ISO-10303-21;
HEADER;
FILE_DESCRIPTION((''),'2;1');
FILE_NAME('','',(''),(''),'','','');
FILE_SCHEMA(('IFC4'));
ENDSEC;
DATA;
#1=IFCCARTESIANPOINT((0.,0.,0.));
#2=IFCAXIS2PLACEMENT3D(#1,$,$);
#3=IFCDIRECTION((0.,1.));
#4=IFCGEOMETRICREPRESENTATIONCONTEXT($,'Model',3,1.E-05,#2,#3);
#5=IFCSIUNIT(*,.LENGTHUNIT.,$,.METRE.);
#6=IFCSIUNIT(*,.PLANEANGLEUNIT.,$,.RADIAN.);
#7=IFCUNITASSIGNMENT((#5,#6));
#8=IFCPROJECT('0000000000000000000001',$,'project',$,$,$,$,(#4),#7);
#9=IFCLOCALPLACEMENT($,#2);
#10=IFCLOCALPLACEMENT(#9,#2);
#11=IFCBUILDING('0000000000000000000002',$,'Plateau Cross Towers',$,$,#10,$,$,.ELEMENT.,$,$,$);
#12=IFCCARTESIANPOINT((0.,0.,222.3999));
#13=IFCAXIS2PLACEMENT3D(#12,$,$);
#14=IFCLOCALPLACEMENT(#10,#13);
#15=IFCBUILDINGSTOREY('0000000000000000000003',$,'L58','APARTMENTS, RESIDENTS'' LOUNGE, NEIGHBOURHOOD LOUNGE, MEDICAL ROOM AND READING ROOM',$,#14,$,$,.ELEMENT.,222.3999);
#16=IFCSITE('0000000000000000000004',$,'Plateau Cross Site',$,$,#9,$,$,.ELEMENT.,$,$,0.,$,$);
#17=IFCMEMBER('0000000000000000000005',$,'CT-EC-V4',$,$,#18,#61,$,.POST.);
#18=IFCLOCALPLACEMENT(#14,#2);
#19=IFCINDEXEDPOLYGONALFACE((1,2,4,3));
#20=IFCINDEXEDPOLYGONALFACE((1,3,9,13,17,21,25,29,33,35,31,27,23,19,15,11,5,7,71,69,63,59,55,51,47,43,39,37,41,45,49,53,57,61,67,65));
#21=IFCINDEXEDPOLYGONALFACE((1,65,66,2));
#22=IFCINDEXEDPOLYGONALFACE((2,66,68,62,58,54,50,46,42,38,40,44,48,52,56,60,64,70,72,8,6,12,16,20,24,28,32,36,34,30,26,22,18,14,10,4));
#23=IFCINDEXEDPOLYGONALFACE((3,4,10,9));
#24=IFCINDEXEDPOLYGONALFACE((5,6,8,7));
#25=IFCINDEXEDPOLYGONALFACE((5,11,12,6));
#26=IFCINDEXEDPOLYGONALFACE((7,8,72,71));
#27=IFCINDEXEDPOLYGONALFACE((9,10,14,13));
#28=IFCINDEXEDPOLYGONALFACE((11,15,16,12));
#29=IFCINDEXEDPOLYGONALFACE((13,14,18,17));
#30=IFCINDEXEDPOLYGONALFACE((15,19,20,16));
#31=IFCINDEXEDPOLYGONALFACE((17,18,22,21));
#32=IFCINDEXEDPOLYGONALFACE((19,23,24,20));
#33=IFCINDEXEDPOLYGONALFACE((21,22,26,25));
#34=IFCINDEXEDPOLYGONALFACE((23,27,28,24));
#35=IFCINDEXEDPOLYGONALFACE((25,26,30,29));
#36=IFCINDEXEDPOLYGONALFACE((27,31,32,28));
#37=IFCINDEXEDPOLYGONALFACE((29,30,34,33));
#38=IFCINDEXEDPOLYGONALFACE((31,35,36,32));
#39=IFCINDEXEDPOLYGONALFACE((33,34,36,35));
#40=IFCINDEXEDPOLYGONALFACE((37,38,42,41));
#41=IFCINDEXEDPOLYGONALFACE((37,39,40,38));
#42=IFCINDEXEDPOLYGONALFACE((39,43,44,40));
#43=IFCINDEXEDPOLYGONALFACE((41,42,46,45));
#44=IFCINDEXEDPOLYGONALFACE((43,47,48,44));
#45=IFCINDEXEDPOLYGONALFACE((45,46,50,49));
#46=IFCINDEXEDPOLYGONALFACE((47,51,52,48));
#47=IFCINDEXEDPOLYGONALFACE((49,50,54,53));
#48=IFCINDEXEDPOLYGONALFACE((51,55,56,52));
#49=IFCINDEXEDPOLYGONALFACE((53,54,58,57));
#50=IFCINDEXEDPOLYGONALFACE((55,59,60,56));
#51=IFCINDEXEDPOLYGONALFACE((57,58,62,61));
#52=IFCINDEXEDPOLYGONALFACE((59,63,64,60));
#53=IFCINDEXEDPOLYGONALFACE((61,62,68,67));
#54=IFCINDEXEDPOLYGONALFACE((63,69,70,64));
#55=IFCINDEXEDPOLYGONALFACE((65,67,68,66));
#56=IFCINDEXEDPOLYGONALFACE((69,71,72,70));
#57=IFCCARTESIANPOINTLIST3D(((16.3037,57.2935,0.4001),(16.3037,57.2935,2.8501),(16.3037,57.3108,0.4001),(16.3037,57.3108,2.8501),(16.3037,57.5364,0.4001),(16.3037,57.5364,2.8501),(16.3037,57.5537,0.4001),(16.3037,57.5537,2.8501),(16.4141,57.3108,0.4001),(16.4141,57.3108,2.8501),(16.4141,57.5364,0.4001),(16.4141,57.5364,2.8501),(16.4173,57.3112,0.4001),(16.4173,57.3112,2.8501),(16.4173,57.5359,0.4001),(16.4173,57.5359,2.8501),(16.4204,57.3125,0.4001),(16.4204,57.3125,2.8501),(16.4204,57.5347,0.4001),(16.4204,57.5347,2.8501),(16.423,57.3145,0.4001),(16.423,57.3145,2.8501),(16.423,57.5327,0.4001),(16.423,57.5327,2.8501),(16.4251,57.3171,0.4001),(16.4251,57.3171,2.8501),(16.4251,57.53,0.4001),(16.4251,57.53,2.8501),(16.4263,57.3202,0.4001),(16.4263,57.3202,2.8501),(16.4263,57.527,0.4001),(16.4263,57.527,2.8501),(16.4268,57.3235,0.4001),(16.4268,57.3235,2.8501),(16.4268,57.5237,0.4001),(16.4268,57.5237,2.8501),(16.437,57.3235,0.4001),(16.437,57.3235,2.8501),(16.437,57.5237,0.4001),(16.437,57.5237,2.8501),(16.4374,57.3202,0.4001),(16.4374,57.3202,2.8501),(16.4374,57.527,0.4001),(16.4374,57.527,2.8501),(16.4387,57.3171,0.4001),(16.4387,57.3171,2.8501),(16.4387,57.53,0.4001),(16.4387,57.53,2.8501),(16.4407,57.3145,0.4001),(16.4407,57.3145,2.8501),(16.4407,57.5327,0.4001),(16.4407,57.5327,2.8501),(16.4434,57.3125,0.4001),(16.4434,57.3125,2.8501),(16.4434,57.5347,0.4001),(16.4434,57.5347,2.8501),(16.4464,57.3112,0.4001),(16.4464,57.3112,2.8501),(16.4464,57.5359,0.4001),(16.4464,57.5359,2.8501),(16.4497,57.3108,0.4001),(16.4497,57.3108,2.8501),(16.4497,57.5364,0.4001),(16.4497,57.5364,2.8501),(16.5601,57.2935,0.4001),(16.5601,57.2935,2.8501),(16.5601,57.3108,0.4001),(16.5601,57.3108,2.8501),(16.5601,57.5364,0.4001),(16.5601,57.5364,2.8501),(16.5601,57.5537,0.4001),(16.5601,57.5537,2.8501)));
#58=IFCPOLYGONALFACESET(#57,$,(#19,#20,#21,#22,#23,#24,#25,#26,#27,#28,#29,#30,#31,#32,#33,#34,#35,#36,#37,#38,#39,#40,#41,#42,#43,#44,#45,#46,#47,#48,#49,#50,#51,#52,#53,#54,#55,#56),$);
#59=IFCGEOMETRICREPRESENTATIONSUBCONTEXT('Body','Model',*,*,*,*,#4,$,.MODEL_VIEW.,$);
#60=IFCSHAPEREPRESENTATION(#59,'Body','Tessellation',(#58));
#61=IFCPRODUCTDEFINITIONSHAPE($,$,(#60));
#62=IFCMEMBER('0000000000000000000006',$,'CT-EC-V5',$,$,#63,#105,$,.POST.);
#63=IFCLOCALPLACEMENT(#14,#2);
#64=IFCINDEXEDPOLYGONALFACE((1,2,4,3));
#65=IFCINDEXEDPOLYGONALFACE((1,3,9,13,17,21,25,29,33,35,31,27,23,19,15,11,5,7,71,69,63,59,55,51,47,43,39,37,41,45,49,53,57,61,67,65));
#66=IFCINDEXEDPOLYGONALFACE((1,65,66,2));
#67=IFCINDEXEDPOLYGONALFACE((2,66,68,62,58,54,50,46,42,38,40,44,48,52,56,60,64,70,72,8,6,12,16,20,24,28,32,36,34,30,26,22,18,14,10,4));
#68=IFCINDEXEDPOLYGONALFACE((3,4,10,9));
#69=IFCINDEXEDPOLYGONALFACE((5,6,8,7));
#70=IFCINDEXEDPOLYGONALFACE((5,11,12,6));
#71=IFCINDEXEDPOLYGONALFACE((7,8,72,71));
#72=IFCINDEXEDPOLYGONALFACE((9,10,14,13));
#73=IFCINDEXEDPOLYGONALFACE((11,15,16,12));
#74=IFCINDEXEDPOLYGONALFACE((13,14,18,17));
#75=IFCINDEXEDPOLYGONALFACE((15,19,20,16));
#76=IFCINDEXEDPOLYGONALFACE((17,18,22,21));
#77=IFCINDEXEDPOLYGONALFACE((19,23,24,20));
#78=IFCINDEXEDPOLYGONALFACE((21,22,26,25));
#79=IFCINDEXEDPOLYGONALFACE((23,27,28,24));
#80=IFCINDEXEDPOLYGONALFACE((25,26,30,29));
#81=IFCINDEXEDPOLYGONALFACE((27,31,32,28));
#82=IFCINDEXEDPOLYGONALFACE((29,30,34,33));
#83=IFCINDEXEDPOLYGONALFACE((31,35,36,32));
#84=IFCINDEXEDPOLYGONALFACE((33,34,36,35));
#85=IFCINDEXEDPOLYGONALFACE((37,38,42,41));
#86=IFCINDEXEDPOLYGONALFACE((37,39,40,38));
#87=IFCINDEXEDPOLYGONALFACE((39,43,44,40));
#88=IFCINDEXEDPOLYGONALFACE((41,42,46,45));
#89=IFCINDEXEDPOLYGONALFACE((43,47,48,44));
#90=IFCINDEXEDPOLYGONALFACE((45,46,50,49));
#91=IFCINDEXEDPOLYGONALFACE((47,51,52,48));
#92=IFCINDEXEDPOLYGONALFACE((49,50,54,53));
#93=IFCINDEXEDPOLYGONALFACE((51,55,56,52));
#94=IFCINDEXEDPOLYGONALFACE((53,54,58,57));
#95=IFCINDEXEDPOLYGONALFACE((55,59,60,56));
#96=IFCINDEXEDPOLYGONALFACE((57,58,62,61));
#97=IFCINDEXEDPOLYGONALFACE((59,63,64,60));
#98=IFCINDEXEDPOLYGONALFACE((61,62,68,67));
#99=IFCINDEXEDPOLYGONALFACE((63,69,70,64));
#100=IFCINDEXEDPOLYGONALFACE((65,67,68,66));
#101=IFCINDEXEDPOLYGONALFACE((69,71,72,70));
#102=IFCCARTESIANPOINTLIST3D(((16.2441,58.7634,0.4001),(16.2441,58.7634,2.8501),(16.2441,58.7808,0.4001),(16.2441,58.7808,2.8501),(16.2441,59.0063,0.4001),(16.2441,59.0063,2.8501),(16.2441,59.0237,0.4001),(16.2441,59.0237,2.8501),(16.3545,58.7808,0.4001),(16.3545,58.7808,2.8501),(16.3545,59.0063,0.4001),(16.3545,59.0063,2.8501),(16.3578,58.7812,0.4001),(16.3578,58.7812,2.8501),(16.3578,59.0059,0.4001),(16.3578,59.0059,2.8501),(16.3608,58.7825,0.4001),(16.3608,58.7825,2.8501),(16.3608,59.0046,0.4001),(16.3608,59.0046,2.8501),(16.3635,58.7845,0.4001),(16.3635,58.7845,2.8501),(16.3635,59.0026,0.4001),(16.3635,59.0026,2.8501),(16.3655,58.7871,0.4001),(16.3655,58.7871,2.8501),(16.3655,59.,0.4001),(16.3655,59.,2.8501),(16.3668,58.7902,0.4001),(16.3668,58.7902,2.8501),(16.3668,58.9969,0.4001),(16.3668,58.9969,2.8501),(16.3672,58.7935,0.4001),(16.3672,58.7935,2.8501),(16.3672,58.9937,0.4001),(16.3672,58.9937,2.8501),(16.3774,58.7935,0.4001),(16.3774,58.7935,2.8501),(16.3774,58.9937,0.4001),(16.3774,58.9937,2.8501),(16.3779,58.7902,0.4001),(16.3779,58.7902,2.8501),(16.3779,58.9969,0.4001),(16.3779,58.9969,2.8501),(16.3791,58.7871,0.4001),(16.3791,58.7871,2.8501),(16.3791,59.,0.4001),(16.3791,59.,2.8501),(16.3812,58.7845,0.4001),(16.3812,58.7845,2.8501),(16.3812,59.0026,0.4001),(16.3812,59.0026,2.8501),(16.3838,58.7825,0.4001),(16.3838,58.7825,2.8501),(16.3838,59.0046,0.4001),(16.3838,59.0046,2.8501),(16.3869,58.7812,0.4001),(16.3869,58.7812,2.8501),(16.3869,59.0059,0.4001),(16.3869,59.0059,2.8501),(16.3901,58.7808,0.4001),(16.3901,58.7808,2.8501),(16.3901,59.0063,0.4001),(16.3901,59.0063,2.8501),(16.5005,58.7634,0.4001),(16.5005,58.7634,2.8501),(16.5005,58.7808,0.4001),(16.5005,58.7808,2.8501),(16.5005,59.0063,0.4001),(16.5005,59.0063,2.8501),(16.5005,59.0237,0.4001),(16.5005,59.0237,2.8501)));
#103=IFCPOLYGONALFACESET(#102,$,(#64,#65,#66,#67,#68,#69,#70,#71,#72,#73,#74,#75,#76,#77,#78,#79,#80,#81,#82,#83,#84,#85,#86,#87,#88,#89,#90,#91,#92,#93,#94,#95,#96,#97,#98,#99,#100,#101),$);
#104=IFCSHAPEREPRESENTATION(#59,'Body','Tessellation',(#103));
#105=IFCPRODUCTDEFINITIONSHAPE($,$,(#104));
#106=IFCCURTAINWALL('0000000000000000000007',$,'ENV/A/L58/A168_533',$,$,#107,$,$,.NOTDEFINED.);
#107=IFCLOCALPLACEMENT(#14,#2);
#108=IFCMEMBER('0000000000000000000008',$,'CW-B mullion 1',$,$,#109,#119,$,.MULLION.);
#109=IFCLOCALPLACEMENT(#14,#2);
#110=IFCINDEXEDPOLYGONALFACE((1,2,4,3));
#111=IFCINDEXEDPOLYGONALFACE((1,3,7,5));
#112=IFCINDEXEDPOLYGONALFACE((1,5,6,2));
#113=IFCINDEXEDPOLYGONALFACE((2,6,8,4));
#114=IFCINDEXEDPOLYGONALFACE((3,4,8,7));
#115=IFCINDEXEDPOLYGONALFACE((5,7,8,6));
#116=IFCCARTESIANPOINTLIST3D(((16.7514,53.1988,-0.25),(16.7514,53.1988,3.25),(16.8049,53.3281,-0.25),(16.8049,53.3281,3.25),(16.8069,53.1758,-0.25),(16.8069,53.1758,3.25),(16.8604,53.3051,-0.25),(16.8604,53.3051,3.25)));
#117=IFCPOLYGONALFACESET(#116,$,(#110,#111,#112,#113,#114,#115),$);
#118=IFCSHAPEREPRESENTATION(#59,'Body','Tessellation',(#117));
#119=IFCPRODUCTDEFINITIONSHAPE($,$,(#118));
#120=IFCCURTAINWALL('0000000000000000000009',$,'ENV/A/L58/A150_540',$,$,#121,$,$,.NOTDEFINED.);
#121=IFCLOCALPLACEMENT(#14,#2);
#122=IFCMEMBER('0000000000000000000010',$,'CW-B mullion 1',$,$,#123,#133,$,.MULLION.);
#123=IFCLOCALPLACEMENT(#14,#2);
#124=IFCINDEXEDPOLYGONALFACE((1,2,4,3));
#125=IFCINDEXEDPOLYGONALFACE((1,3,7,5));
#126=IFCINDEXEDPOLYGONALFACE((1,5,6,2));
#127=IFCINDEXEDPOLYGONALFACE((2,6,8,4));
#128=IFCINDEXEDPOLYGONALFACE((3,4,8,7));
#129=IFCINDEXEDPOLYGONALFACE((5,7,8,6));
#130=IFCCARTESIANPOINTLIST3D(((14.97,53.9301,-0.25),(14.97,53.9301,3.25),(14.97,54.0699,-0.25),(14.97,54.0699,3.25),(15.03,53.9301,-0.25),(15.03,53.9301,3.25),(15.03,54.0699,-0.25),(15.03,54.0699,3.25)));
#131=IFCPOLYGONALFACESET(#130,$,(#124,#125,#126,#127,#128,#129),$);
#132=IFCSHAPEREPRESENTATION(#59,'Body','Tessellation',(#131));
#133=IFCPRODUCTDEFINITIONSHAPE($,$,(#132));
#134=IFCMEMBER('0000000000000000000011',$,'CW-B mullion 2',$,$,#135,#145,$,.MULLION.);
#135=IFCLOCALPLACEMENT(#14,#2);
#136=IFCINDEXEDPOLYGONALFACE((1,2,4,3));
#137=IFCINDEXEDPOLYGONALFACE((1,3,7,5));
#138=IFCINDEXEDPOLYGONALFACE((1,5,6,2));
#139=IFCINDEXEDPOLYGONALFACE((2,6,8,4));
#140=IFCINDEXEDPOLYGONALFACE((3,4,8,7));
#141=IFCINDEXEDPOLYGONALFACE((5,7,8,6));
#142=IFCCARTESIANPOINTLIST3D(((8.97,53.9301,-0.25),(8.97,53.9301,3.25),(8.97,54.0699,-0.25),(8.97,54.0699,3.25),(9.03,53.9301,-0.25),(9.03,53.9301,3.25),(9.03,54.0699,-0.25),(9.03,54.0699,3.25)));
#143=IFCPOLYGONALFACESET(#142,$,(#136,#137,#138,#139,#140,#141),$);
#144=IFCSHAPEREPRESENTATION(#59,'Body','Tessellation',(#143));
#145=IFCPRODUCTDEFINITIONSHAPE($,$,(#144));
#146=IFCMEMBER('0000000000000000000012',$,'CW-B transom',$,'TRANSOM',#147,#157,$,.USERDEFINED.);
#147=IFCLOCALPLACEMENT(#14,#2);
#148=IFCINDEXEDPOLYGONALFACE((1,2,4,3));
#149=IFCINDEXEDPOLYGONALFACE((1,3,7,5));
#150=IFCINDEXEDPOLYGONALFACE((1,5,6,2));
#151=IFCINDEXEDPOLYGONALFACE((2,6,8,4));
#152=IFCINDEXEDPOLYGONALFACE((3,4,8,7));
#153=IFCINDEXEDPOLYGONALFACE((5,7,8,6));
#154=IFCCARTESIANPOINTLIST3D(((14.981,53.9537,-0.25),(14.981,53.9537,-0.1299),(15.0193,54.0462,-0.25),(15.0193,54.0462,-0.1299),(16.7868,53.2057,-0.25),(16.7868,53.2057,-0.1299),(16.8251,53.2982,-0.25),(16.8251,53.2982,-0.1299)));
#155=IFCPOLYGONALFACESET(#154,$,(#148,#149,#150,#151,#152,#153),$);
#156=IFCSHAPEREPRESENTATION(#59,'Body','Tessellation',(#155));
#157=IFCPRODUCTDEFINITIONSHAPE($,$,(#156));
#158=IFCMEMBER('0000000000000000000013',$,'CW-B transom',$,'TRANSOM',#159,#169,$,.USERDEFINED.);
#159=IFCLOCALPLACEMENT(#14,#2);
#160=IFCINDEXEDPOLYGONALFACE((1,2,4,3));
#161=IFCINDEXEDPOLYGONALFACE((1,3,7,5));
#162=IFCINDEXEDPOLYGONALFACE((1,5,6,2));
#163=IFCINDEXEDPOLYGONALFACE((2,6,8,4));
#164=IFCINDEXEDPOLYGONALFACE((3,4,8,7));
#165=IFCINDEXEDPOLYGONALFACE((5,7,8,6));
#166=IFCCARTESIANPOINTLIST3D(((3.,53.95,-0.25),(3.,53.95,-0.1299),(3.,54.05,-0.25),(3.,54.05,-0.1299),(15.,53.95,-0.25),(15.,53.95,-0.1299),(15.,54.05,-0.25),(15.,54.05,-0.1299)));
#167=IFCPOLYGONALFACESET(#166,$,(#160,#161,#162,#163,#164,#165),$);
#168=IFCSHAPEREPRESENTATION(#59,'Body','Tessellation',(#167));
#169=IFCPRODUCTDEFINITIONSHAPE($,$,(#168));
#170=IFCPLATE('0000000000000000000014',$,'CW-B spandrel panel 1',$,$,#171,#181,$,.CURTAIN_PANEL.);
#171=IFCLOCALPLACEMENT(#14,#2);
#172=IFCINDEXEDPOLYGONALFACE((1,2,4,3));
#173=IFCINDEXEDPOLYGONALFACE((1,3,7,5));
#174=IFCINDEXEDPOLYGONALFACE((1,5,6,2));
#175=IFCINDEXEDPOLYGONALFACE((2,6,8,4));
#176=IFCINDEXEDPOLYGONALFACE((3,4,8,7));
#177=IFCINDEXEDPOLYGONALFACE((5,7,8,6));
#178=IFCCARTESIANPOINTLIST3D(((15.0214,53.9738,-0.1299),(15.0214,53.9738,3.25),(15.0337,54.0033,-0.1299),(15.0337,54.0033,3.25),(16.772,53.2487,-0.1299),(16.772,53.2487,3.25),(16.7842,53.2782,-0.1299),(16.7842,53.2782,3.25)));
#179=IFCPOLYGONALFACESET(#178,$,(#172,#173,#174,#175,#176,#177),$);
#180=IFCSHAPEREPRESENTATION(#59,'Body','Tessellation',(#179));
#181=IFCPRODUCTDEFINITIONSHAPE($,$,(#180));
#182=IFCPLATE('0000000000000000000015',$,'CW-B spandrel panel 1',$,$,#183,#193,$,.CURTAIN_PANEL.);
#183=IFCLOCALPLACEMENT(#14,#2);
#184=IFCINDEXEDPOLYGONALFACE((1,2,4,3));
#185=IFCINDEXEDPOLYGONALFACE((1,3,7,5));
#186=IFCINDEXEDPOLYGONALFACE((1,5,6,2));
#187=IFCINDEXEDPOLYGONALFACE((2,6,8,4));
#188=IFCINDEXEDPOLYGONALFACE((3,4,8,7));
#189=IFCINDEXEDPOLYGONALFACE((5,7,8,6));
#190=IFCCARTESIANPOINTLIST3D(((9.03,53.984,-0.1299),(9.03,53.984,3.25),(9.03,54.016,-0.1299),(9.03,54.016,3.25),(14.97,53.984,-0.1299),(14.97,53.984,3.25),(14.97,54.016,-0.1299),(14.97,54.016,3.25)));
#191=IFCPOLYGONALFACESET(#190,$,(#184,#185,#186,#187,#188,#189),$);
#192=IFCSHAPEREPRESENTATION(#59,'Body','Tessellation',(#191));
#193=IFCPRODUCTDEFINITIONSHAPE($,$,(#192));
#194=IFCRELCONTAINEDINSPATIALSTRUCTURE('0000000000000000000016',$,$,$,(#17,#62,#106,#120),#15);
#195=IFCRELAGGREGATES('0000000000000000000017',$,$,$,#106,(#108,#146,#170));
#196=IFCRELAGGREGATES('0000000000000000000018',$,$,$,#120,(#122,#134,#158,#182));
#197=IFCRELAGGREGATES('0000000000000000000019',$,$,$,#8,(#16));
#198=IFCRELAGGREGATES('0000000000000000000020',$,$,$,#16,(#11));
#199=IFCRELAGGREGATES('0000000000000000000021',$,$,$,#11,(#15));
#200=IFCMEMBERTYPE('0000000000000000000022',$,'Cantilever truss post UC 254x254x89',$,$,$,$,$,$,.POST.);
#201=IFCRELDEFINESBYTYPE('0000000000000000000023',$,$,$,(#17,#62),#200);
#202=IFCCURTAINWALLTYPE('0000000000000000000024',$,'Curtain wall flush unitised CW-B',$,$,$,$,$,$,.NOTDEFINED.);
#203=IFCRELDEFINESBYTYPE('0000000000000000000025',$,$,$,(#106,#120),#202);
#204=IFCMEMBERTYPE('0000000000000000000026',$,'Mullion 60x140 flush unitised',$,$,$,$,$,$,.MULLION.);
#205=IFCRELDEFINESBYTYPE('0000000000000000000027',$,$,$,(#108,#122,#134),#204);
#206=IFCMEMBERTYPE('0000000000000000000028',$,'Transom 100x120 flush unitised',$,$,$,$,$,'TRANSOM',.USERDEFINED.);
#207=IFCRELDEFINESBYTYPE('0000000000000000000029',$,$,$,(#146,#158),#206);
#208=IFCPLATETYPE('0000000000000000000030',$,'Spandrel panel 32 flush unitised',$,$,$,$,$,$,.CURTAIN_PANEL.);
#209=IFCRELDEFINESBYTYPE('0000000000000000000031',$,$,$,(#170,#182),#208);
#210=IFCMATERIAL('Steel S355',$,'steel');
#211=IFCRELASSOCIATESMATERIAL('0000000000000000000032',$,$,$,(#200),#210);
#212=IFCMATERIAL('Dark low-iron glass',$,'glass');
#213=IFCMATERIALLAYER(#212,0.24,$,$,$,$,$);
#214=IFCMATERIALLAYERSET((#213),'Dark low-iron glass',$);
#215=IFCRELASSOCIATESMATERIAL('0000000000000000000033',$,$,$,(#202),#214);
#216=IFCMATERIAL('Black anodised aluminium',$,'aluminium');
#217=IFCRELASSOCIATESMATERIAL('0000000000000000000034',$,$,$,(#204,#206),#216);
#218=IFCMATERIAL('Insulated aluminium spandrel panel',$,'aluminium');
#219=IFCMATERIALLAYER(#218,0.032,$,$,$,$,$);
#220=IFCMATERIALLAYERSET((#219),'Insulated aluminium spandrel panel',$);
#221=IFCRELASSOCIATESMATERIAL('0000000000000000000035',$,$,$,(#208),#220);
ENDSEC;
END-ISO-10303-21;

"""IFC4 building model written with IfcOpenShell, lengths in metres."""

from ifc_helpers import new_model, si_unit, direction, frame, origin, origin_2d, place, context, subcontext, project, spatial, rectangle, i_section, extrude, material, layer, layer_set, material_profile, profile_set, type_object, element, aggregate, save


model = new_model("IFC4")

# Units and contexts
model_context = context("Model", 3, precision=1e-05, world=origin(), true_north=direction((0.0, 1.0)))
body_context = subcontext(model_context, "Body", "Model", "MODEL_VIEW")
ifc_project = project(units=[si_unit("LENGTHUNIT", "METRE"), si_unit("PLANEANGLEUNIT", "RADIAN")], contexts=[model_context])

# Site, building, storey
site_placement = place(None, origin())
site = spatial("IfcSite", under=ifc_project, at=site_placement, Name="Plateau Cross Site", CompositionType="ELEMENT", RefElevation=0.0)
building_placement = place(site_placement, origin())
building = spatial("IfcBuilding", under=site, at=building_placement, Name="Plateau Cross Towers", CompositionType="ELEMENT")
storey_placement = place(building_placement, frame((0.0, 0.0, 222.3999)))
storey = spatial("IfcBuildingStorey", under=building, at=storey_placement, Name="L58", Description="APARTMENTS, RESIDENTS' LOUNGE, NEIGHBOURHOOD LOUNGE, MEDICAL ROOM AND READING ROOM", CompositionType="ELEMENT", Elevation=222.3999)

# Members
ifc_material_1 = material(Name="Steel S355", Category="steel")
ifc_material_profile_1 = material_profile(ifc_material_1, i_section(OverallWidth=0.2563, OverallDepth=0.2603, WebThickness=0.0103, FlangeThickness=0.0173, FilletRadius=0.0127, at=origin_2d()), Name="UC 254x254x89")
ifc_profile_set_1 = profile_set([ifc_material_profile_1], Name="Steel S355")
member_type_1 = type_object("IfcMemberType", Name="Cantilever truss post UC 254x254x89", PredefinedType="POST", material=ifc_profile_set_1)
for number, where, z_axis, x_axis, name in (
    (1, (16.4319, 57.4236, 0.4001), (0.0, 0.0, 1.0), (1.0, 0.0, 0.0), "CT-EC-V4"),
    (2, (16.3723, 58.8936, 0.4001), (0.0, 0.0, 1.0), (1.0, 0.0, 0.0), "CT-EC-V5"),
):
    element("IfcMember", number, at=place(storey_placement, frame(where, z_axis=z_axis, x_axis=x_axis)), inside=storey, type_object=member_type_1, Name=name, PredefinedType="POST", context=body_context, shape_type="SweptSolid", body=[
        extrude(i_section(OverallWidth=0.2563, OverallDepth=0.2603, WebThickness=0.0103, FlangeThickness=0.0173, FilletRadius=0.0127, at=origin_2d()), origin(), (0.0, 0.0, 1.0), 2.45),
    ])

# Curtain wall, member
ifc_material_2 = material(Name="Dark low-iron glass", Category="glass")
ifc_layer_1 = layer(ifc_material_2, 0.24)
ifc_layer_set_1 = layer_set([ifc_layer_1], Name="Dark low-iron glass")
curtain_wall_type = type_object("IfcCurtainWallType", Name="Curtain wall flush unitised CW-B", PredefinedType="NOTDEFINED", material=ifc_layer_set_1)
curtain_wall_1_placement = place(storey_placement, origin())
curtain_wall_1 = element("IfcCurtainWall", 3, at=curtain_wall_1_placement, inside=storey, type_object=curtain_wall_type, Name="ENV/A/L58/A168_533", PredefinedType="NOTDEFINED")
ifc_material_3 = material(Name="Black anodised aluminium", Category="aluminium")
ifc_material_profile_2 = material_profile(ifc_material_3, rectangle(XDim=0.0601, YDim=0.1399, at=origin_2d()), Name="MULLION 60x140")
ifc_profile_set_2 = profile_set([ifc_material_profile_2], Name="Black anodised aluminium")
member_type_2 = type_object("IfcMemberType", Name="Mullion 60x140 flush unitised", PredefinedType="MULLION", material=ifc_profile_set_2)
member_1_placement = place(storey_placement, frame((16.8059, 53.252, -0.25), z_axis=(0.0, 0.0, 1.0), x_axis=(-0.923879, 0.382684, 0.0)))
member_1 = element("IfcMember", 4, at=member_1_placement, type_object=member_type_2, Name="CW-B mullion 1", PredefinedType="MULLION", context=body_context, shape_type="SweptSolid", body=[
    extrude(rectangle(XDim=0.0601, YDim=0.1399, at=origin_2d()), origin(), (0.0, 0.0, 1.0), 3.5),
])

# Curtain wall, members
curtain_wall_2_placement = place(storey_placement, origin())
curtain_wall_2 = element("IfcCurtainWall", 5, at=curtain_wall_2_placement, inside=storey, type_object=curtain_wall_type, Name="ENV/A/L58/A150_540", PredefinedType="NOTDEFINED")
member_2_placement = place(storey_placement, frame((15.0, 54.0, -0.25), z_axis=(0.0, 0.0, 1.0), x_axis=(-1.0, 0.0, 0.0)))
member_2 = element("IfcMember", 6, at=member_2_placement, type_object=member_type_2, Name="CW-B mullion 1", PredefinedType="MULLION", context=body_context, shape_type="SweptSolid", body=[
    extrude(rectangle(XDim=0.0601, YDim=0.1399, at=origin_2d()), origin(), (0.0, 0.0, 1.0), 3.5),
])
member_3_placement = place(storey_placement, frame((9.0, 54.0, -0.25), z_axis=(0.0, 0.0, 1.0), x_axis=(-1.0, 0.0, 0.0)))
member_3 = element("IfcMember", 7, at=member_3_placement, type_object=member_type_2, Name="CW-B mullion 2", PredefinedType="MULLION", context=body_context, shape_type="SweptSolid", body=[
    extrude(rectangle(XDim=0.0601, YDim=0.1399, at=origin_2d()), origin(), (0.0, 0.0, 1.0), 3.5),
])

# Members
ifc_material_profile_3 = material_profile(ifc_material_3, rectangle(XDim=0.1001, YDim=0.1201, at=origin_2d()), Name="TRANSOM 100x120")
ifc_profile_set_3 = profile_set([ifc_material_profile_3], Name="Black anodised aluminium")
member_type_3 = type_object("IfcMemberType", Name="Transom 100x120 flush unitised", ElementType="TRANSOM", PredefinedType="USERDEFINED", material=ifc_profile_set_3)
member_4_placement = place(storey_placement, frame((16.8059, 53.252, -0.1899), z_axis=(-0.923877, 0.38269, 0.0), x_axis=(-0.38269, -0.923877, 0.0)))
member_4 = element("IfcMember", 8, at=member_4_placement, type_object=member_type_3, Name="CW-B transom", ObjectType="TRANSOM", PredefinedType="USERDEFINED", context=body_context, shape_type="SweptSolid", body=[
    extrude(rectangle(XDim=0.1001, YDim=0.1201, at=origin_2d()), origin(), (0.0, 0.0, 1.0), 1.9546),
])
member_5_placement = place(storey_placement, frame((15.0, 54.0, -0.1899), z_axis=(-1.0, 0.0, 0.0), x_axis=(0.0, -1.0, 0.0)))
member_5 = element("IfcMember", 9, at=member_5_placement, type_object=member_type_3, Name="CW-B transom", ObjectType="TRANSOM", PredefinedType="USERDEFINED", context=body_context, shape_type="SweptSolid", body=[
    extrude(rectangle(XDim=0.1001, YDim=0.1201, at=origin_2d()), origin(), (0.0, 0.0, 1.0), 12.0),
])

# Plates
ifc_material_4 = material(Name="Insulated aluminium spandrel panel", Category="aluminium")
ifc_layer_2 = layer(ifc_material_4, 0.032)
ifc_layer_set_2 = layer_set([ifc_layer_2], Name="Insulated aluminium spandrel panel")
plate_type = type_object("IfcPlateType", Name="Spandrel panel 32 flush unitised", PredefinedType="CURTAIN_PANEL", material=ifc_layer_set_2)
plate_1_placement = place(storey_placement, frame((15.9028, 53.626, -0.1299), z_axis=(0.0, 0.0, 1.0), x_axis=(-0.923879, 0.382684, 0.0)))
plate_1 = element("IfcPlate", 10, at=plate_1_placement, type_object=plate_type, Name="CW-B spandrel panel 1", PredefinedType="CURTAIN_PANEL", context=body_context, shape_type="SweptSolid", body=[
    extrude(rectangle(XDim=1.8948, YDim=0.032, at=origin_2d()), origin(), (0.0, 0.0, 1.0), 3.3799),
])
aggregate(curtain_wall_1, [member_1, member_4, plate_1])
plate_2_placement = place(storey_placement, frame((12.0, 54.0, -0.1299), z_axis=(0.0, 0.0, 1.0), x_axis=(-1.0, 0.0, 0.0)))
plate_2 = element("IfcPlate", 11, at=plate_2_placement, type_object=plate_type, Name="CW-B spandrel panel 1", PredefinedType="CURTAIN_PANEL", context=body_context, shape_type="SweptSolid", body=[
    extrude(rectangle(XDim=5.9399, YDim=0.032, at=origin_2d()), origin(), (0.0, 0.0, 1.0), 3.3799),
])
aggregate(curtain_wall_2, [member_2, member_3, member_5, plate_2])

save(model, "model.ifc")
